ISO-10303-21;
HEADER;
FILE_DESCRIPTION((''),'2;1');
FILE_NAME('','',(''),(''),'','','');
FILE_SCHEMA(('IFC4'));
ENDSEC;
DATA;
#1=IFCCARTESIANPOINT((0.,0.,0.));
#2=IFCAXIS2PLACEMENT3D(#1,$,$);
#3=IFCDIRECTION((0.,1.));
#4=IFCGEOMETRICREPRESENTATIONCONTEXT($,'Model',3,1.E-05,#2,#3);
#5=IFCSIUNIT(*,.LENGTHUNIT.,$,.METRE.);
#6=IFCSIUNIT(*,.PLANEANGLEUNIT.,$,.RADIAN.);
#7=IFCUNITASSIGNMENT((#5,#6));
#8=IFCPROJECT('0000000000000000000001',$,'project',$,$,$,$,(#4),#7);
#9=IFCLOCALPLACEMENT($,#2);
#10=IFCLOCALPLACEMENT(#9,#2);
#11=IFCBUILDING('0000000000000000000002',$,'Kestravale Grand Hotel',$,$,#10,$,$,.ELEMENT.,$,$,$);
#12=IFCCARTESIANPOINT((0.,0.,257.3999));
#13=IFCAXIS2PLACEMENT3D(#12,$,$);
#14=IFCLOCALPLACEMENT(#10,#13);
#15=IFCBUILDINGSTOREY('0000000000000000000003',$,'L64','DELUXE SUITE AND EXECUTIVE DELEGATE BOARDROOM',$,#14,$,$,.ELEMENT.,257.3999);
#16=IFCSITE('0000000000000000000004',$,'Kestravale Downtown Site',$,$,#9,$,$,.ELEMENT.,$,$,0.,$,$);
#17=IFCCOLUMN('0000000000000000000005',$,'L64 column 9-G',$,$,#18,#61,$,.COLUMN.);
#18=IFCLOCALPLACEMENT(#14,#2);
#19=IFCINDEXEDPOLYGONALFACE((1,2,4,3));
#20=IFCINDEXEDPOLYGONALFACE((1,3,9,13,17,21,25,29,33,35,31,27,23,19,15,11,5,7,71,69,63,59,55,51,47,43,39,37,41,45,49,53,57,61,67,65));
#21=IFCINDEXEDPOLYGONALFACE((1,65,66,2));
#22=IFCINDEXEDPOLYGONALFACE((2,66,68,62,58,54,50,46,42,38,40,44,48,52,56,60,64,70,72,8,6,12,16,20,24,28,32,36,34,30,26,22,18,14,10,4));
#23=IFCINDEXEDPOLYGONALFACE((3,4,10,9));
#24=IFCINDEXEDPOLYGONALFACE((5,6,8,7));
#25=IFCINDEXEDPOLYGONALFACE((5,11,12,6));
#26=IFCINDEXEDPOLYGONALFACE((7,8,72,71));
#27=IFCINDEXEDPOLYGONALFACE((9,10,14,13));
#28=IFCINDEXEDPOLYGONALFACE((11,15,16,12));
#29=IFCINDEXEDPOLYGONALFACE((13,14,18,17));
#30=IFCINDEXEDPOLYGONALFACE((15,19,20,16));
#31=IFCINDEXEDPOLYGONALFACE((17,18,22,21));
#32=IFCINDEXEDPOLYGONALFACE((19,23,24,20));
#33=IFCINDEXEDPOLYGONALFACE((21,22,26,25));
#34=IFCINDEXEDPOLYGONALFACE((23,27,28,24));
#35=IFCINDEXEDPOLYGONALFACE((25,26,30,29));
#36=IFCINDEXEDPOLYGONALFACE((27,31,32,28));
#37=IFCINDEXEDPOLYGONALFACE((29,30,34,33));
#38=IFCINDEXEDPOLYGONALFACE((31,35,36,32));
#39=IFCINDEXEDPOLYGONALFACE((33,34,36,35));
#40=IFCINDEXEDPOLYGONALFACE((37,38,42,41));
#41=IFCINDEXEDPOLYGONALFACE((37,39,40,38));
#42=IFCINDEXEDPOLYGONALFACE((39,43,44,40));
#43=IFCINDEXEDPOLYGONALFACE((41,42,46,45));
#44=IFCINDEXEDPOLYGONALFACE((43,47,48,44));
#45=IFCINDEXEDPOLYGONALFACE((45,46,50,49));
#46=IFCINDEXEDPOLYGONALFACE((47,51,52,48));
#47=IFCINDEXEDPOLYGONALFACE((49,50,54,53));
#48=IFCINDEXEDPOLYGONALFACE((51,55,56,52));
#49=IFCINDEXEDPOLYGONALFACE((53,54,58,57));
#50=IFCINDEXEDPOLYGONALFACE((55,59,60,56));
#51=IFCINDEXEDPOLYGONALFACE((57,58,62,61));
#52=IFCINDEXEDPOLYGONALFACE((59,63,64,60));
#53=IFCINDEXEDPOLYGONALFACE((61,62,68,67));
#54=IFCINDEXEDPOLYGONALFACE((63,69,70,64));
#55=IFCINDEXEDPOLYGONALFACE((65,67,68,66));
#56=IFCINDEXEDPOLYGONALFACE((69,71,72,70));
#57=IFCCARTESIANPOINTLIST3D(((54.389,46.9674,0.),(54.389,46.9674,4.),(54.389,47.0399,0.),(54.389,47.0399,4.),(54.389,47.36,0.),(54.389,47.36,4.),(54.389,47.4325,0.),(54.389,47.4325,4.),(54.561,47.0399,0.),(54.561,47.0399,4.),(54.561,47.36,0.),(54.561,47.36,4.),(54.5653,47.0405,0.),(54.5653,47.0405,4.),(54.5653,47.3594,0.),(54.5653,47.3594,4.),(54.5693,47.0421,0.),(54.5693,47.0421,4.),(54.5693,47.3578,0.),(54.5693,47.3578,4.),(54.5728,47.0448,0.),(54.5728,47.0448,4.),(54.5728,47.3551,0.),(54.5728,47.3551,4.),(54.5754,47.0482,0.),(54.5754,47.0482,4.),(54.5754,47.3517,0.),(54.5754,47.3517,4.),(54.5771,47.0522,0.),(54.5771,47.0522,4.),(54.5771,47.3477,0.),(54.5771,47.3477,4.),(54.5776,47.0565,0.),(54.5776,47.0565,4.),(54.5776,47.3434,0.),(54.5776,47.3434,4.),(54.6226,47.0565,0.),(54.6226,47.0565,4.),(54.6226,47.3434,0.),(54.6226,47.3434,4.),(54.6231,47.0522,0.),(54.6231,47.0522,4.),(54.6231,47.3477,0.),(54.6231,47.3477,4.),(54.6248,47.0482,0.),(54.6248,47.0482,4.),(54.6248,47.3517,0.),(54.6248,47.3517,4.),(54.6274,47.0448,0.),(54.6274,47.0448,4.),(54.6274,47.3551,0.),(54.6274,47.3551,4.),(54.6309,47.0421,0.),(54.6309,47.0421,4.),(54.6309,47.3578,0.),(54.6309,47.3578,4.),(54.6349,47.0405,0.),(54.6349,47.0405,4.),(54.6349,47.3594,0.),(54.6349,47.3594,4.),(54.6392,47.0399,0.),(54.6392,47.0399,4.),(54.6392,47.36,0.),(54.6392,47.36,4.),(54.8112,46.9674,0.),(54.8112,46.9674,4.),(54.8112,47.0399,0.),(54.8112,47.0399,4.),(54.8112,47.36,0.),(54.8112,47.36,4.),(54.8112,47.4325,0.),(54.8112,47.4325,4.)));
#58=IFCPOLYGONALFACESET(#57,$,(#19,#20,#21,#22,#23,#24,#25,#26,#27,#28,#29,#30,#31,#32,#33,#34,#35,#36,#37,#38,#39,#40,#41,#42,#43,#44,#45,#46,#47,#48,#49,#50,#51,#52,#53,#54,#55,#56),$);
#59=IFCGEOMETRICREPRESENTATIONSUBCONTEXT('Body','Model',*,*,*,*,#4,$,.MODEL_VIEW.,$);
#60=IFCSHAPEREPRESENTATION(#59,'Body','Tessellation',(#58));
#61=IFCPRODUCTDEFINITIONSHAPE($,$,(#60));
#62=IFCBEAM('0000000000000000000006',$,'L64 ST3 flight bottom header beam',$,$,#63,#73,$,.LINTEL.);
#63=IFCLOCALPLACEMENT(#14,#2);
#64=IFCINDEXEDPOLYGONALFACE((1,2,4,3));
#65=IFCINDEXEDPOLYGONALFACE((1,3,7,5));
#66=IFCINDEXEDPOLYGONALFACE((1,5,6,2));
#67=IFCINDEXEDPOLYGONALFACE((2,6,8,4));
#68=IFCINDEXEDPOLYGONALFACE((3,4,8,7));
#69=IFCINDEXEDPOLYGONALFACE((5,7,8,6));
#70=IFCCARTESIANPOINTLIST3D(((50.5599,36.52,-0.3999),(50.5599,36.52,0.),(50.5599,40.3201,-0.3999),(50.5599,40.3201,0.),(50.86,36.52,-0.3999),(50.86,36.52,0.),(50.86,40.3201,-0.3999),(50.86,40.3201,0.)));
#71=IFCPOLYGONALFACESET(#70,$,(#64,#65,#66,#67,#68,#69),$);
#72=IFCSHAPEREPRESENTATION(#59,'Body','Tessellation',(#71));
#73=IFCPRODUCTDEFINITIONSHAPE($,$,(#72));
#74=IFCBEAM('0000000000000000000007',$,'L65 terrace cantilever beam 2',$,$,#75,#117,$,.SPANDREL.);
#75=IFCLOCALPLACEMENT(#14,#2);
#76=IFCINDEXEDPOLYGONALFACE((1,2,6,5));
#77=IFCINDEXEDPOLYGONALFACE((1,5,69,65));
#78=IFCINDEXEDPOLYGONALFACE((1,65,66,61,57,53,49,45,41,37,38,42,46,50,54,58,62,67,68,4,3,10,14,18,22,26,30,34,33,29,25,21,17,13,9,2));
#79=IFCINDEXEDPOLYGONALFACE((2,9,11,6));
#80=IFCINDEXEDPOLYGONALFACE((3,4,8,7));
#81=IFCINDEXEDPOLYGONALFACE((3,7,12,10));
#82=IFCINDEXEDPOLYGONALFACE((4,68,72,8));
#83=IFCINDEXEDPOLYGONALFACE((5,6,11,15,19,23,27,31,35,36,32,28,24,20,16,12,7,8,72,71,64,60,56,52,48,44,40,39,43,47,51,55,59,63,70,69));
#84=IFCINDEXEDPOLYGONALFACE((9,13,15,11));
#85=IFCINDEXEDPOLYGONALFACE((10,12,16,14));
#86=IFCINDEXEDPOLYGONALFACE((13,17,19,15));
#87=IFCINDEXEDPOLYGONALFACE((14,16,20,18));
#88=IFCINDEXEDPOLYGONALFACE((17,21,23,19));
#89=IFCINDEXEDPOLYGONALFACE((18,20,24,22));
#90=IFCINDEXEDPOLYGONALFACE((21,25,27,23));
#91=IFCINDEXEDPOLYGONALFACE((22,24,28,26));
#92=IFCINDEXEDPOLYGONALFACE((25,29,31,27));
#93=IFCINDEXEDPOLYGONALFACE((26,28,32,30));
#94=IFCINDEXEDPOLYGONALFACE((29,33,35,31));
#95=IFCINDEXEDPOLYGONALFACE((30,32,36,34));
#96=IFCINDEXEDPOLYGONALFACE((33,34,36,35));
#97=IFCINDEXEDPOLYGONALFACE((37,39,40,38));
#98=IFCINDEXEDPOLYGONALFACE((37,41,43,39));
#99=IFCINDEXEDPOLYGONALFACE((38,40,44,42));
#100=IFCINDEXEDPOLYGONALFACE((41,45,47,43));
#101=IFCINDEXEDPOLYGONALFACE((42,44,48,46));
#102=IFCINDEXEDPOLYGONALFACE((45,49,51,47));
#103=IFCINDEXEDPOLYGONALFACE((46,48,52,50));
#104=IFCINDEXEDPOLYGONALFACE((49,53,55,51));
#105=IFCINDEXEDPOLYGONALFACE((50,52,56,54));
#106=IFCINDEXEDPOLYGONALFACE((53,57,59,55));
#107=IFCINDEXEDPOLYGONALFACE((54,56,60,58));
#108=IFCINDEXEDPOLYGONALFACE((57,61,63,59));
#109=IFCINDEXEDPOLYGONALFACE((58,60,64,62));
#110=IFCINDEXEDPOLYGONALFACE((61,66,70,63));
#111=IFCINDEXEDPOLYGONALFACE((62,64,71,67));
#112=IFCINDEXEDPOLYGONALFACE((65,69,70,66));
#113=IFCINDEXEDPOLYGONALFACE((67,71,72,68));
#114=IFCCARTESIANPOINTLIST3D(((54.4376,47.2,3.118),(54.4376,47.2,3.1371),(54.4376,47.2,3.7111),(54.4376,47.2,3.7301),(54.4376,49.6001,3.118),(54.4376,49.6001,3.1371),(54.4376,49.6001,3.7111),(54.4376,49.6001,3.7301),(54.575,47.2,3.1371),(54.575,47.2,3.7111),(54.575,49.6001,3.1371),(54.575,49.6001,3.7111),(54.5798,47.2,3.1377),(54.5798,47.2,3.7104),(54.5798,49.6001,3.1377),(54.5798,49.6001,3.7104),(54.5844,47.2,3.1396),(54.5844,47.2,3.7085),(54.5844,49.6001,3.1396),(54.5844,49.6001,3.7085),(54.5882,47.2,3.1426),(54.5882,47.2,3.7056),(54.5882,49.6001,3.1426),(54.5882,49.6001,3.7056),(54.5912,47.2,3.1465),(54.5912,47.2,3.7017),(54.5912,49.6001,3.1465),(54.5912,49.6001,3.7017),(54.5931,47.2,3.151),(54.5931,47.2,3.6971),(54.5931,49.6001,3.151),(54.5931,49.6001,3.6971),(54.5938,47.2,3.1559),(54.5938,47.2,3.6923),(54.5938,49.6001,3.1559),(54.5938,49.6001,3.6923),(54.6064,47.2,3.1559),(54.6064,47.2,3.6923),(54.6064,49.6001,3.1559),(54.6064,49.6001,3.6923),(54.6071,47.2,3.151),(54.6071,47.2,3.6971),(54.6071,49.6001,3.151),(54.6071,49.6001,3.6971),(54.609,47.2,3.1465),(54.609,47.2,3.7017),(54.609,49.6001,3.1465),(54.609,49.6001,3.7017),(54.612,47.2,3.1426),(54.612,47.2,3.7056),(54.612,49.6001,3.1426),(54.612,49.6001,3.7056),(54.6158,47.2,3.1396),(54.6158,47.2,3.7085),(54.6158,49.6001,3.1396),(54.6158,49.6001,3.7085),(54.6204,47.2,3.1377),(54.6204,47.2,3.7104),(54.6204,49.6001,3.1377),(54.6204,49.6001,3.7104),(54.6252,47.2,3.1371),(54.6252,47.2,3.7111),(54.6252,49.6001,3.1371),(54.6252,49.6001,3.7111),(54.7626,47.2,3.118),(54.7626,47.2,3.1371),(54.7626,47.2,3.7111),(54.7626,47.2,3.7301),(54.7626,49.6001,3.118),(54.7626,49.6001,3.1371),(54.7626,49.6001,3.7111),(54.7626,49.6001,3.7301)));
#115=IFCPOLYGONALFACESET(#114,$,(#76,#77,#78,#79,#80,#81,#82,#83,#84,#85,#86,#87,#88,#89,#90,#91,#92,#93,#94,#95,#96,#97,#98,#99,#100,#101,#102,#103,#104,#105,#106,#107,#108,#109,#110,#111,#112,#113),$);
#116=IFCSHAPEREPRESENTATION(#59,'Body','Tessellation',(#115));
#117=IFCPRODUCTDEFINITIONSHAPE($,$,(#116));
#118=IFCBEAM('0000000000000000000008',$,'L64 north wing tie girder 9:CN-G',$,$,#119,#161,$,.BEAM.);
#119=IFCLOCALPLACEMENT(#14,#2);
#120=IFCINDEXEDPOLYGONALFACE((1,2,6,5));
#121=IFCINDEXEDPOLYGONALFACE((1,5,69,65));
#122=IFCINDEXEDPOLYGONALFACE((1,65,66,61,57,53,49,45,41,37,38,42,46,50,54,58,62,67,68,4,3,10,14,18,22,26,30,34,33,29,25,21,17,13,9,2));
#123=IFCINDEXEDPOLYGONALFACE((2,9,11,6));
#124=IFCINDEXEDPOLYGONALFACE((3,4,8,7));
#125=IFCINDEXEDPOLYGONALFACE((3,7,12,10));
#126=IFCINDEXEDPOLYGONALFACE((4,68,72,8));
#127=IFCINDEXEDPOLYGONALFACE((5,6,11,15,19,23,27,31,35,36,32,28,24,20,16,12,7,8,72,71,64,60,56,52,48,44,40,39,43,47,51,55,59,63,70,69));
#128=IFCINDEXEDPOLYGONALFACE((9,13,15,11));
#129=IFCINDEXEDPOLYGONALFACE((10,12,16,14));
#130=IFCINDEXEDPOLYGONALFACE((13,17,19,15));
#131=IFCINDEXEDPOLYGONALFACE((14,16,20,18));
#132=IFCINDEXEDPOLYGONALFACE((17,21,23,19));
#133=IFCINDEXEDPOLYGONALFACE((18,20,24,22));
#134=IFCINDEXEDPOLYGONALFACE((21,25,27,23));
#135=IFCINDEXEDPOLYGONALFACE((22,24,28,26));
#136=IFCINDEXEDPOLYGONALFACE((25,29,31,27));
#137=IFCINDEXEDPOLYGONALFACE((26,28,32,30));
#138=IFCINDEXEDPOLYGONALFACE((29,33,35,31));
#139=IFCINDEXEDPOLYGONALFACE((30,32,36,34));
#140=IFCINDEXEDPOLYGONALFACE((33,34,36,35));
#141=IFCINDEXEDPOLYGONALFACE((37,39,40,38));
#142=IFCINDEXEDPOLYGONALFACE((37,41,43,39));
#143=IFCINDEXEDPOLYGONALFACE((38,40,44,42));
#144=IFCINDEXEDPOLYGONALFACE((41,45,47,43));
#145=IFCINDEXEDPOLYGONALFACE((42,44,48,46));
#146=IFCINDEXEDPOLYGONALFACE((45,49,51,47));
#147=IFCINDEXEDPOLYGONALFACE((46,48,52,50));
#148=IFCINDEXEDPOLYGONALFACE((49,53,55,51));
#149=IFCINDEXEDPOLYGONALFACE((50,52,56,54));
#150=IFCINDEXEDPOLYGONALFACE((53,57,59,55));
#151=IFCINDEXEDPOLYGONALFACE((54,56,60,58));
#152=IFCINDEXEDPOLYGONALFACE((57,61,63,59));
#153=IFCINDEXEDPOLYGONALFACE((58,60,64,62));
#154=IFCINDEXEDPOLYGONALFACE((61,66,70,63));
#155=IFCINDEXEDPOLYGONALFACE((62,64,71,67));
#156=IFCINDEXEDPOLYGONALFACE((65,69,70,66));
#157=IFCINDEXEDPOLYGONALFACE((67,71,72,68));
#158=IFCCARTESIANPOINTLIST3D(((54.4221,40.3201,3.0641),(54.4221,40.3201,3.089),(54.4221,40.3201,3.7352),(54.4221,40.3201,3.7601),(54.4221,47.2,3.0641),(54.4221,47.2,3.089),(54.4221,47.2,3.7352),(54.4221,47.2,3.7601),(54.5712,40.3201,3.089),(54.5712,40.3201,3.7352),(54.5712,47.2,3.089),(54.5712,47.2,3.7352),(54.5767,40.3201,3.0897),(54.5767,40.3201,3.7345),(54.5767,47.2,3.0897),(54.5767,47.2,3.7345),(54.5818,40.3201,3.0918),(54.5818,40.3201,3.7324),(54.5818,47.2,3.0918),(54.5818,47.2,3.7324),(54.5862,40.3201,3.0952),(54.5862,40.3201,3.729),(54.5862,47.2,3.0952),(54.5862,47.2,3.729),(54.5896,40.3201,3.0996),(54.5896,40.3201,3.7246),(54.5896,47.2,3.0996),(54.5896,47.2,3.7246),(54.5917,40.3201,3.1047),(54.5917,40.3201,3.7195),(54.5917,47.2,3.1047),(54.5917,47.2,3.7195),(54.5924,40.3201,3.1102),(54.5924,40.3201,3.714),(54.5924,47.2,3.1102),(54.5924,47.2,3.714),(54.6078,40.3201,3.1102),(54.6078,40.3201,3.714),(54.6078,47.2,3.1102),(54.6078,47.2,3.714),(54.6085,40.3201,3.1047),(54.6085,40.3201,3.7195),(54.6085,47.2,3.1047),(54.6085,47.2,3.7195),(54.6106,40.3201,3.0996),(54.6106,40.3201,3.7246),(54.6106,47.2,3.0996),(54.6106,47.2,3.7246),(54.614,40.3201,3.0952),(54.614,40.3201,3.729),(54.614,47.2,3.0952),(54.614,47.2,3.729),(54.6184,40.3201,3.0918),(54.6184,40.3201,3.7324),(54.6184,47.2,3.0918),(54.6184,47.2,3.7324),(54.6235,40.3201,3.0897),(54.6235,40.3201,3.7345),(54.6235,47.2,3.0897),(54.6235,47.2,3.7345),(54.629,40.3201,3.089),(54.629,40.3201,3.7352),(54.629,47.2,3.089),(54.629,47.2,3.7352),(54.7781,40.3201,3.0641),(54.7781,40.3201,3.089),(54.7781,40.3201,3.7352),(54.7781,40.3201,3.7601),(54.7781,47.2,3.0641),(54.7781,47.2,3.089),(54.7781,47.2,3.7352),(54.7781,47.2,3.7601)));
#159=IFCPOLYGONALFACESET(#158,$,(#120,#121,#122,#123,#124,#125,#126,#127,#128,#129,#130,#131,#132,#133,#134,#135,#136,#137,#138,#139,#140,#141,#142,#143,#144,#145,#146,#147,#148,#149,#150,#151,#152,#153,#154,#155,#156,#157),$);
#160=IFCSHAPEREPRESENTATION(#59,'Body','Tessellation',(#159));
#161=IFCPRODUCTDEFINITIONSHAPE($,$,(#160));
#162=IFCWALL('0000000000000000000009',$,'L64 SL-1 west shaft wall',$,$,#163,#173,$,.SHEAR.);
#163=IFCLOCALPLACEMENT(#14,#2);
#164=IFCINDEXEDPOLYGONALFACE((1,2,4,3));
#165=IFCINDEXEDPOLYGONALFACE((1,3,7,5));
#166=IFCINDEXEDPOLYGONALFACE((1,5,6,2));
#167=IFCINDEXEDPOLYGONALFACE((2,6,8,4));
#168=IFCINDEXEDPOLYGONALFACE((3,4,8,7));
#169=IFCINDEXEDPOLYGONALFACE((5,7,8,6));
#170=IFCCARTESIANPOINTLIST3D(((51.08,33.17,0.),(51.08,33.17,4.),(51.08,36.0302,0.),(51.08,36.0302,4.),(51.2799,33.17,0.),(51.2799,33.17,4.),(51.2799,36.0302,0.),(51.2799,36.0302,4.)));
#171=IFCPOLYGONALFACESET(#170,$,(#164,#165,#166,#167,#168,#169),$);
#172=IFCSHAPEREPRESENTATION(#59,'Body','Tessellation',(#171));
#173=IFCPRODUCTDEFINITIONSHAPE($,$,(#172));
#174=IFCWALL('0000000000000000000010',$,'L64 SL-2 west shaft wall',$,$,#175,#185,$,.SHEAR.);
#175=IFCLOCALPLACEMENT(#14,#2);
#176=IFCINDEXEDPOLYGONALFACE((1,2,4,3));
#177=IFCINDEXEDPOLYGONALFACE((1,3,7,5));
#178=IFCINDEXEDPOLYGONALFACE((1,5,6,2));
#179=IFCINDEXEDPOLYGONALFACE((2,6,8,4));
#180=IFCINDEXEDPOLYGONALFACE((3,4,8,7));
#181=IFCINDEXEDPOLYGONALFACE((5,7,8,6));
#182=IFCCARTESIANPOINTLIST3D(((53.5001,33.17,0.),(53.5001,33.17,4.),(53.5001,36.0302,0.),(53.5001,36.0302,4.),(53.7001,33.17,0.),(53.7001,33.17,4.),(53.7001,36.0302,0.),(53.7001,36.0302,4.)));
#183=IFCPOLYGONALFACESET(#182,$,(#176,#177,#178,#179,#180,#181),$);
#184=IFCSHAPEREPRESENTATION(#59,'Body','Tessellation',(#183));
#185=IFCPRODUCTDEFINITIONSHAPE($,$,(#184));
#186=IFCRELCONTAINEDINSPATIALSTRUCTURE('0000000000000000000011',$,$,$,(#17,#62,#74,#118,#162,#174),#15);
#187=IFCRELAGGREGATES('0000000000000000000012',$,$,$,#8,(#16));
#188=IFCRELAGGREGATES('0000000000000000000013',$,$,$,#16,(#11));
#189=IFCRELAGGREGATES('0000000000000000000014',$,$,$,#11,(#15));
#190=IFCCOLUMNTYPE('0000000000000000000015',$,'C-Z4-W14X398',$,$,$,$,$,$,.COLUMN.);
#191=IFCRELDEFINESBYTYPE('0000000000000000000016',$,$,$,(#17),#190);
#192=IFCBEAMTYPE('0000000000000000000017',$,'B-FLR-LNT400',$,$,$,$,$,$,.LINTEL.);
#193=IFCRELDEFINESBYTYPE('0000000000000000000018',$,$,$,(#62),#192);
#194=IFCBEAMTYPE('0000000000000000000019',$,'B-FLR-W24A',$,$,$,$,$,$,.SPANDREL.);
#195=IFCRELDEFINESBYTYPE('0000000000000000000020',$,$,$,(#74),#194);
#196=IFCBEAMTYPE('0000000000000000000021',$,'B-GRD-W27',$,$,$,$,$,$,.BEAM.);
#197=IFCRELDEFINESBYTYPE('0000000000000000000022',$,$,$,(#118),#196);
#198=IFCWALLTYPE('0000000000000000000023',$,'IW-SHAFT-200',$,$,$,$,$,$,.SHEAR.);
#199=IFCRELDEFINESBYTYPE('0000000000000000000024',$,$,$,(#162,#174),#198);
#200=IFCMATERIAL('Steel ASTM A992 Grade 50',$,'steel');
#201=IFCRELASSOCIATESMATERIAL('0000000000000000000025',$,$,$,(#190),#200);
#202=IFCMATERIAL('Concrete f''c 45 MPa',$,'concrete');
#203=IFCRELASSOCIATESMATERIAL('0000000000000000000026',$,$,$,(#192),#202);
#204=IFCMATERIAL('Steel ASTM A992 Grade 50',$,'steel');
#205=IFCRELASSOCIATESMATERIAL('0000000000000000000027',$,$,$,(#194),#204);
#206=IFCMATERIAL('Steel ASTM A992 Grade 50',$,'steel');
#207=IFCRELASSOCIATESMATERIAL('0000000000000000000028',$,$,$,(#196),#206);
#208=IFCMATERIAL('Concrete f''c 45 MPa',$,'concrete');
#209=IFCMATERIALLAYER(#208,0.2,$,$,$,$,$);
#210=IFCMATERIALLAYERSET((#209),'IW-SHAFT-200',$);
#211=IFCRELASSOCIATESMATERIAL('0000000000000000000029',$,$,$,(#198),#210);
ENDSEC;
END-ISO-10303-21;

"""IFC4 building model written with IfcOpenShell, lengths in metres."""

from ifc_helpers import new_model, si_unit, direction, frame, frame_2d, origin, origin_2d, place, context, subcontext, project, spatial, rectangle, i_section, extrude, material, layer, layer_set, material_profile, profile_set, type_object, element, save


model = new_model("IFC4")

# Units and contexts
model_context = context("Model", 3, precision=1e-05, world=origin(), true_north=direction((0.0, 1.0)))
body_context = subcontext(model_context, "Body", "Model", "MODEL_VIEW")
ifc_project = project(units=[si_unit("LENGTHUNIT", "METRE"), si_unit("PLANEANGLEUNIT", "RADIAN")], contexts=[model_context])

# Site, building, storey
site_placement = place(None, origin())
site = spatial("IfcSite", under=ifc_project, at=site_placement, Name="Kestravale Downtown Site", CompositionType="ELEMENT", RefElevation=0.0)
building_placement = place(site_placement, origin())
building = spatial("IfcBuilding", under=site, at=building_placement, Name="Kestravale Grand Hotel", CompositionType="ELEMENT")
storey_placement = place(building_placement, frame((0.0, 0.0, 257.3999)))
storey = spatial("IfcBuildingStorey", under=building, at=storey_placement, Name="L64", Description="DELUXE SUITE AND EXECUTIVE DELEGATE BOARDROOM", CompositionType="ELEMENT", Elevation=257.3999)

# Column
ifc_material_1 = material(Name="Steel ASTM A992 Grade 50", Category="steel")
ifc_material_profile_1 = material_profile(ifc_material_1, i_section(OverallWidth=0.4221, OverallDepth=0.4651, WebThickness=0.0449, FlangeThickness=0.0725, FilletRadius=0.0166, at=origin_2d()))
ifc_profile_set_1 = profile_set([ifc_material_profile_1], Name="Steel ASTM A992 Grade 50")
column_type = type_object("IfcColumnType", Name="C-Z4-W14X398", PredefinedType="COLUMN", material=ifc_profile_set_1)
column_placement = place(storey_placement, frame((54.6001, 47.2, 0.0), z_axis=(0.0, 0.0, 1.0), x_axis=(1.0, 0.0, 0.0)))
element("IfcColumn", 1, at=column_placement, inside=storey, type_object=column_type, Name="L64 column 9-G", PredefinedType="COLUMN", context=body_context, shape_type="SweptSolid", body=[
    extrude(i_section(OverallWidth=0.4221, OverallDepth=0.4651, WebThickness=0.0449, FlangeThickness=0.0725, FilletRadius=0.0166, at=origin_2d()), origin(), (0.0, 0.0, 1.0), 4.0),
])

# Beams
ifc_material_2 = material(Name="Concrete f'c 45 MPa", Category="concrete")
ifc_material_profile_2 = material_profile(ifc_material_2, rectangle(XDim=0.3, YDim=0.3999, at=origin_2d()))
ifc_profile_set_2 = profile_set([ifc_material_profile_2], Name="Concrete f'c 45 MPa")
beam_type_1 = type_object("IfcBeamType", Name="B-FLR-LNT400", PredefinedType="LINTEL", material=ifc_profile_set_2)
beam_1_placement = place(storey_placement, frame((50.71, 36.52, -0.2), z_axis=(0.0, 1.0, 0.0), x_axis=(-1.0, 0.0, 0.0)))
element("IfcBeam", 2, at=beam_1_placement, inside=storey, type_object=beam_type_1, Name="L64 ST3 flight bottom header beam", PredefinedType="LINTEL", context=body_context, shape_type="SweptSolid", body=[
    extrude(rectangle(XDim=0.3, YDim=0.3999, at=origin_2d()), origin(), (0.0, 0.0, 1.0), 3.8),
])
ifc_material_3 = material(Name="Steel ASTM A992 Grade 50", Category="steel")
ifc_material_profile_3 = material_profile(ifc_material_3, i_section(OverallWidth=0.325, OverallDepth=0.6121, WebThickness=0.0127, FlangeThickness=0.019, FilletRadius=0.0188, at=origin_2d()))
ifc_profile_set_3 = profile_set([ifc_material_profile_3], Name="Steel ASTM A992 Grade 50")
beam_type_2 = type_object("IfcBeamType", Name="B-FLR-W24A", PredefinedType="SPANDREL", material=ifc_profile_set_3)
beam_2_placement = place(storey_placement, frame((54.6001, 47.2, 3.4241), z_axis=(0.0, 1.0, 0.0), x_axis=(-1.0, 0.0, 0.0)))
element("IfcBeam", 3, at=beam_2_placement, inside=storey, type_object=beam_type_2, Name="L65 terrace cantilever beam 2", PredefinedType="SPANDREL", context=body_context, shape_type="SweptSolid", body=[
    extrude(i_section(OverallWidth=0.325, OverallDepth=0.6121, WebThickness=0.0127, FlangeThickness=0.019, FilletRadius=0.0188, at=origin_2d()), origin(), (0.0, 0.0, 1.0), 2.4001),
])
ifc_material_4 = material(Name="Steel ASTM A992 Grade 50", Category="steel")
ifc_material_profile_4 = material_profile(ifc_material_4, i_section(OverallWidth=0.356, OverallDepth=0.696, WebThickness=0.0154, FlangeThickness=0.0249, FilletRadius=0.0212, at=origin_2d()))
ifc_profile_set_4 = profile_set([ifc_material_profile_4], Name="Steel ASTM A992 Grade 50")
beam_type_3 = type_object("IfcBeamType", Name="B-GRD-W27", PredefinedType="BEAM", material=ifc_profile_set_4)
beam_3_placement = place(storey_placement, frame((54.6001, 40.3201, 3.4121), z_axis=(0.0, 1.0, 0.0), x_axis=(-1.0, 0.0, 0.0)))
element("IfcBeam", 4, at=beam_3_placement, inside=storey, type_object=beam_type_3, Name="L64 north wing tie girder 9:CN-G", PredefinedType="BEAM", context=body_context, shape_type="SweptSolid", body=[
    extrude(i_section(OverallWidth=0.356, OverallDepth=0.696, WebThickness=0.0154, FlangeThickness=0.0249, FilletRadius=0.0212, at=origin_2d()), origin(), (0.0, 0.0, 1.0), 6.8799),
])

# Walls
ifc_material_5 = material(Name="Concrete f'c 45 MPa", Category="concrete")
ifc_layer_1 = layer(ifc_material_5, 0.2)
ifc_layer_set_1 = layer_set([ifc_layer_1], Name="IW-SHAFT-200")
wall_type_1 = type_object("IfcWallType", Name="IW-SHAFT-200", PredefinedType="SHEAR", material=ifc_layer_set_1)
for number, where, z_axis, x_axis, name in (
    (5, (51.1799, 33.1699, 0.0), (0.0, 0.0, 1.0), (0.0, 1.0, 0.0), "L64 SL-1 west shaft wall"),
    (6, (53.6001, 33.1699, 0.0), (0.0, 0.0, 1.0), (0.0, 1.0, 0.0), "L64 SL-2 west shaft wall"),
):
    element("IfcWall", number, at=place(storey_placement, frame(where, z_axis=z_axis, x_axis=x_axis)), inside=storey, type_object=wall_type_1, Name=name, PredefinedType="SHEAR", context=body_context, shape_type="SweptSolid", body=[
        extrude(rectangle(XDim=2.8601, YDim=0.2, at=frame_2d((1.4302, 0.0))), origin(), (0.0, 0.0, 1.0), 4.0),
    ])

save(model, "model.ifc")
